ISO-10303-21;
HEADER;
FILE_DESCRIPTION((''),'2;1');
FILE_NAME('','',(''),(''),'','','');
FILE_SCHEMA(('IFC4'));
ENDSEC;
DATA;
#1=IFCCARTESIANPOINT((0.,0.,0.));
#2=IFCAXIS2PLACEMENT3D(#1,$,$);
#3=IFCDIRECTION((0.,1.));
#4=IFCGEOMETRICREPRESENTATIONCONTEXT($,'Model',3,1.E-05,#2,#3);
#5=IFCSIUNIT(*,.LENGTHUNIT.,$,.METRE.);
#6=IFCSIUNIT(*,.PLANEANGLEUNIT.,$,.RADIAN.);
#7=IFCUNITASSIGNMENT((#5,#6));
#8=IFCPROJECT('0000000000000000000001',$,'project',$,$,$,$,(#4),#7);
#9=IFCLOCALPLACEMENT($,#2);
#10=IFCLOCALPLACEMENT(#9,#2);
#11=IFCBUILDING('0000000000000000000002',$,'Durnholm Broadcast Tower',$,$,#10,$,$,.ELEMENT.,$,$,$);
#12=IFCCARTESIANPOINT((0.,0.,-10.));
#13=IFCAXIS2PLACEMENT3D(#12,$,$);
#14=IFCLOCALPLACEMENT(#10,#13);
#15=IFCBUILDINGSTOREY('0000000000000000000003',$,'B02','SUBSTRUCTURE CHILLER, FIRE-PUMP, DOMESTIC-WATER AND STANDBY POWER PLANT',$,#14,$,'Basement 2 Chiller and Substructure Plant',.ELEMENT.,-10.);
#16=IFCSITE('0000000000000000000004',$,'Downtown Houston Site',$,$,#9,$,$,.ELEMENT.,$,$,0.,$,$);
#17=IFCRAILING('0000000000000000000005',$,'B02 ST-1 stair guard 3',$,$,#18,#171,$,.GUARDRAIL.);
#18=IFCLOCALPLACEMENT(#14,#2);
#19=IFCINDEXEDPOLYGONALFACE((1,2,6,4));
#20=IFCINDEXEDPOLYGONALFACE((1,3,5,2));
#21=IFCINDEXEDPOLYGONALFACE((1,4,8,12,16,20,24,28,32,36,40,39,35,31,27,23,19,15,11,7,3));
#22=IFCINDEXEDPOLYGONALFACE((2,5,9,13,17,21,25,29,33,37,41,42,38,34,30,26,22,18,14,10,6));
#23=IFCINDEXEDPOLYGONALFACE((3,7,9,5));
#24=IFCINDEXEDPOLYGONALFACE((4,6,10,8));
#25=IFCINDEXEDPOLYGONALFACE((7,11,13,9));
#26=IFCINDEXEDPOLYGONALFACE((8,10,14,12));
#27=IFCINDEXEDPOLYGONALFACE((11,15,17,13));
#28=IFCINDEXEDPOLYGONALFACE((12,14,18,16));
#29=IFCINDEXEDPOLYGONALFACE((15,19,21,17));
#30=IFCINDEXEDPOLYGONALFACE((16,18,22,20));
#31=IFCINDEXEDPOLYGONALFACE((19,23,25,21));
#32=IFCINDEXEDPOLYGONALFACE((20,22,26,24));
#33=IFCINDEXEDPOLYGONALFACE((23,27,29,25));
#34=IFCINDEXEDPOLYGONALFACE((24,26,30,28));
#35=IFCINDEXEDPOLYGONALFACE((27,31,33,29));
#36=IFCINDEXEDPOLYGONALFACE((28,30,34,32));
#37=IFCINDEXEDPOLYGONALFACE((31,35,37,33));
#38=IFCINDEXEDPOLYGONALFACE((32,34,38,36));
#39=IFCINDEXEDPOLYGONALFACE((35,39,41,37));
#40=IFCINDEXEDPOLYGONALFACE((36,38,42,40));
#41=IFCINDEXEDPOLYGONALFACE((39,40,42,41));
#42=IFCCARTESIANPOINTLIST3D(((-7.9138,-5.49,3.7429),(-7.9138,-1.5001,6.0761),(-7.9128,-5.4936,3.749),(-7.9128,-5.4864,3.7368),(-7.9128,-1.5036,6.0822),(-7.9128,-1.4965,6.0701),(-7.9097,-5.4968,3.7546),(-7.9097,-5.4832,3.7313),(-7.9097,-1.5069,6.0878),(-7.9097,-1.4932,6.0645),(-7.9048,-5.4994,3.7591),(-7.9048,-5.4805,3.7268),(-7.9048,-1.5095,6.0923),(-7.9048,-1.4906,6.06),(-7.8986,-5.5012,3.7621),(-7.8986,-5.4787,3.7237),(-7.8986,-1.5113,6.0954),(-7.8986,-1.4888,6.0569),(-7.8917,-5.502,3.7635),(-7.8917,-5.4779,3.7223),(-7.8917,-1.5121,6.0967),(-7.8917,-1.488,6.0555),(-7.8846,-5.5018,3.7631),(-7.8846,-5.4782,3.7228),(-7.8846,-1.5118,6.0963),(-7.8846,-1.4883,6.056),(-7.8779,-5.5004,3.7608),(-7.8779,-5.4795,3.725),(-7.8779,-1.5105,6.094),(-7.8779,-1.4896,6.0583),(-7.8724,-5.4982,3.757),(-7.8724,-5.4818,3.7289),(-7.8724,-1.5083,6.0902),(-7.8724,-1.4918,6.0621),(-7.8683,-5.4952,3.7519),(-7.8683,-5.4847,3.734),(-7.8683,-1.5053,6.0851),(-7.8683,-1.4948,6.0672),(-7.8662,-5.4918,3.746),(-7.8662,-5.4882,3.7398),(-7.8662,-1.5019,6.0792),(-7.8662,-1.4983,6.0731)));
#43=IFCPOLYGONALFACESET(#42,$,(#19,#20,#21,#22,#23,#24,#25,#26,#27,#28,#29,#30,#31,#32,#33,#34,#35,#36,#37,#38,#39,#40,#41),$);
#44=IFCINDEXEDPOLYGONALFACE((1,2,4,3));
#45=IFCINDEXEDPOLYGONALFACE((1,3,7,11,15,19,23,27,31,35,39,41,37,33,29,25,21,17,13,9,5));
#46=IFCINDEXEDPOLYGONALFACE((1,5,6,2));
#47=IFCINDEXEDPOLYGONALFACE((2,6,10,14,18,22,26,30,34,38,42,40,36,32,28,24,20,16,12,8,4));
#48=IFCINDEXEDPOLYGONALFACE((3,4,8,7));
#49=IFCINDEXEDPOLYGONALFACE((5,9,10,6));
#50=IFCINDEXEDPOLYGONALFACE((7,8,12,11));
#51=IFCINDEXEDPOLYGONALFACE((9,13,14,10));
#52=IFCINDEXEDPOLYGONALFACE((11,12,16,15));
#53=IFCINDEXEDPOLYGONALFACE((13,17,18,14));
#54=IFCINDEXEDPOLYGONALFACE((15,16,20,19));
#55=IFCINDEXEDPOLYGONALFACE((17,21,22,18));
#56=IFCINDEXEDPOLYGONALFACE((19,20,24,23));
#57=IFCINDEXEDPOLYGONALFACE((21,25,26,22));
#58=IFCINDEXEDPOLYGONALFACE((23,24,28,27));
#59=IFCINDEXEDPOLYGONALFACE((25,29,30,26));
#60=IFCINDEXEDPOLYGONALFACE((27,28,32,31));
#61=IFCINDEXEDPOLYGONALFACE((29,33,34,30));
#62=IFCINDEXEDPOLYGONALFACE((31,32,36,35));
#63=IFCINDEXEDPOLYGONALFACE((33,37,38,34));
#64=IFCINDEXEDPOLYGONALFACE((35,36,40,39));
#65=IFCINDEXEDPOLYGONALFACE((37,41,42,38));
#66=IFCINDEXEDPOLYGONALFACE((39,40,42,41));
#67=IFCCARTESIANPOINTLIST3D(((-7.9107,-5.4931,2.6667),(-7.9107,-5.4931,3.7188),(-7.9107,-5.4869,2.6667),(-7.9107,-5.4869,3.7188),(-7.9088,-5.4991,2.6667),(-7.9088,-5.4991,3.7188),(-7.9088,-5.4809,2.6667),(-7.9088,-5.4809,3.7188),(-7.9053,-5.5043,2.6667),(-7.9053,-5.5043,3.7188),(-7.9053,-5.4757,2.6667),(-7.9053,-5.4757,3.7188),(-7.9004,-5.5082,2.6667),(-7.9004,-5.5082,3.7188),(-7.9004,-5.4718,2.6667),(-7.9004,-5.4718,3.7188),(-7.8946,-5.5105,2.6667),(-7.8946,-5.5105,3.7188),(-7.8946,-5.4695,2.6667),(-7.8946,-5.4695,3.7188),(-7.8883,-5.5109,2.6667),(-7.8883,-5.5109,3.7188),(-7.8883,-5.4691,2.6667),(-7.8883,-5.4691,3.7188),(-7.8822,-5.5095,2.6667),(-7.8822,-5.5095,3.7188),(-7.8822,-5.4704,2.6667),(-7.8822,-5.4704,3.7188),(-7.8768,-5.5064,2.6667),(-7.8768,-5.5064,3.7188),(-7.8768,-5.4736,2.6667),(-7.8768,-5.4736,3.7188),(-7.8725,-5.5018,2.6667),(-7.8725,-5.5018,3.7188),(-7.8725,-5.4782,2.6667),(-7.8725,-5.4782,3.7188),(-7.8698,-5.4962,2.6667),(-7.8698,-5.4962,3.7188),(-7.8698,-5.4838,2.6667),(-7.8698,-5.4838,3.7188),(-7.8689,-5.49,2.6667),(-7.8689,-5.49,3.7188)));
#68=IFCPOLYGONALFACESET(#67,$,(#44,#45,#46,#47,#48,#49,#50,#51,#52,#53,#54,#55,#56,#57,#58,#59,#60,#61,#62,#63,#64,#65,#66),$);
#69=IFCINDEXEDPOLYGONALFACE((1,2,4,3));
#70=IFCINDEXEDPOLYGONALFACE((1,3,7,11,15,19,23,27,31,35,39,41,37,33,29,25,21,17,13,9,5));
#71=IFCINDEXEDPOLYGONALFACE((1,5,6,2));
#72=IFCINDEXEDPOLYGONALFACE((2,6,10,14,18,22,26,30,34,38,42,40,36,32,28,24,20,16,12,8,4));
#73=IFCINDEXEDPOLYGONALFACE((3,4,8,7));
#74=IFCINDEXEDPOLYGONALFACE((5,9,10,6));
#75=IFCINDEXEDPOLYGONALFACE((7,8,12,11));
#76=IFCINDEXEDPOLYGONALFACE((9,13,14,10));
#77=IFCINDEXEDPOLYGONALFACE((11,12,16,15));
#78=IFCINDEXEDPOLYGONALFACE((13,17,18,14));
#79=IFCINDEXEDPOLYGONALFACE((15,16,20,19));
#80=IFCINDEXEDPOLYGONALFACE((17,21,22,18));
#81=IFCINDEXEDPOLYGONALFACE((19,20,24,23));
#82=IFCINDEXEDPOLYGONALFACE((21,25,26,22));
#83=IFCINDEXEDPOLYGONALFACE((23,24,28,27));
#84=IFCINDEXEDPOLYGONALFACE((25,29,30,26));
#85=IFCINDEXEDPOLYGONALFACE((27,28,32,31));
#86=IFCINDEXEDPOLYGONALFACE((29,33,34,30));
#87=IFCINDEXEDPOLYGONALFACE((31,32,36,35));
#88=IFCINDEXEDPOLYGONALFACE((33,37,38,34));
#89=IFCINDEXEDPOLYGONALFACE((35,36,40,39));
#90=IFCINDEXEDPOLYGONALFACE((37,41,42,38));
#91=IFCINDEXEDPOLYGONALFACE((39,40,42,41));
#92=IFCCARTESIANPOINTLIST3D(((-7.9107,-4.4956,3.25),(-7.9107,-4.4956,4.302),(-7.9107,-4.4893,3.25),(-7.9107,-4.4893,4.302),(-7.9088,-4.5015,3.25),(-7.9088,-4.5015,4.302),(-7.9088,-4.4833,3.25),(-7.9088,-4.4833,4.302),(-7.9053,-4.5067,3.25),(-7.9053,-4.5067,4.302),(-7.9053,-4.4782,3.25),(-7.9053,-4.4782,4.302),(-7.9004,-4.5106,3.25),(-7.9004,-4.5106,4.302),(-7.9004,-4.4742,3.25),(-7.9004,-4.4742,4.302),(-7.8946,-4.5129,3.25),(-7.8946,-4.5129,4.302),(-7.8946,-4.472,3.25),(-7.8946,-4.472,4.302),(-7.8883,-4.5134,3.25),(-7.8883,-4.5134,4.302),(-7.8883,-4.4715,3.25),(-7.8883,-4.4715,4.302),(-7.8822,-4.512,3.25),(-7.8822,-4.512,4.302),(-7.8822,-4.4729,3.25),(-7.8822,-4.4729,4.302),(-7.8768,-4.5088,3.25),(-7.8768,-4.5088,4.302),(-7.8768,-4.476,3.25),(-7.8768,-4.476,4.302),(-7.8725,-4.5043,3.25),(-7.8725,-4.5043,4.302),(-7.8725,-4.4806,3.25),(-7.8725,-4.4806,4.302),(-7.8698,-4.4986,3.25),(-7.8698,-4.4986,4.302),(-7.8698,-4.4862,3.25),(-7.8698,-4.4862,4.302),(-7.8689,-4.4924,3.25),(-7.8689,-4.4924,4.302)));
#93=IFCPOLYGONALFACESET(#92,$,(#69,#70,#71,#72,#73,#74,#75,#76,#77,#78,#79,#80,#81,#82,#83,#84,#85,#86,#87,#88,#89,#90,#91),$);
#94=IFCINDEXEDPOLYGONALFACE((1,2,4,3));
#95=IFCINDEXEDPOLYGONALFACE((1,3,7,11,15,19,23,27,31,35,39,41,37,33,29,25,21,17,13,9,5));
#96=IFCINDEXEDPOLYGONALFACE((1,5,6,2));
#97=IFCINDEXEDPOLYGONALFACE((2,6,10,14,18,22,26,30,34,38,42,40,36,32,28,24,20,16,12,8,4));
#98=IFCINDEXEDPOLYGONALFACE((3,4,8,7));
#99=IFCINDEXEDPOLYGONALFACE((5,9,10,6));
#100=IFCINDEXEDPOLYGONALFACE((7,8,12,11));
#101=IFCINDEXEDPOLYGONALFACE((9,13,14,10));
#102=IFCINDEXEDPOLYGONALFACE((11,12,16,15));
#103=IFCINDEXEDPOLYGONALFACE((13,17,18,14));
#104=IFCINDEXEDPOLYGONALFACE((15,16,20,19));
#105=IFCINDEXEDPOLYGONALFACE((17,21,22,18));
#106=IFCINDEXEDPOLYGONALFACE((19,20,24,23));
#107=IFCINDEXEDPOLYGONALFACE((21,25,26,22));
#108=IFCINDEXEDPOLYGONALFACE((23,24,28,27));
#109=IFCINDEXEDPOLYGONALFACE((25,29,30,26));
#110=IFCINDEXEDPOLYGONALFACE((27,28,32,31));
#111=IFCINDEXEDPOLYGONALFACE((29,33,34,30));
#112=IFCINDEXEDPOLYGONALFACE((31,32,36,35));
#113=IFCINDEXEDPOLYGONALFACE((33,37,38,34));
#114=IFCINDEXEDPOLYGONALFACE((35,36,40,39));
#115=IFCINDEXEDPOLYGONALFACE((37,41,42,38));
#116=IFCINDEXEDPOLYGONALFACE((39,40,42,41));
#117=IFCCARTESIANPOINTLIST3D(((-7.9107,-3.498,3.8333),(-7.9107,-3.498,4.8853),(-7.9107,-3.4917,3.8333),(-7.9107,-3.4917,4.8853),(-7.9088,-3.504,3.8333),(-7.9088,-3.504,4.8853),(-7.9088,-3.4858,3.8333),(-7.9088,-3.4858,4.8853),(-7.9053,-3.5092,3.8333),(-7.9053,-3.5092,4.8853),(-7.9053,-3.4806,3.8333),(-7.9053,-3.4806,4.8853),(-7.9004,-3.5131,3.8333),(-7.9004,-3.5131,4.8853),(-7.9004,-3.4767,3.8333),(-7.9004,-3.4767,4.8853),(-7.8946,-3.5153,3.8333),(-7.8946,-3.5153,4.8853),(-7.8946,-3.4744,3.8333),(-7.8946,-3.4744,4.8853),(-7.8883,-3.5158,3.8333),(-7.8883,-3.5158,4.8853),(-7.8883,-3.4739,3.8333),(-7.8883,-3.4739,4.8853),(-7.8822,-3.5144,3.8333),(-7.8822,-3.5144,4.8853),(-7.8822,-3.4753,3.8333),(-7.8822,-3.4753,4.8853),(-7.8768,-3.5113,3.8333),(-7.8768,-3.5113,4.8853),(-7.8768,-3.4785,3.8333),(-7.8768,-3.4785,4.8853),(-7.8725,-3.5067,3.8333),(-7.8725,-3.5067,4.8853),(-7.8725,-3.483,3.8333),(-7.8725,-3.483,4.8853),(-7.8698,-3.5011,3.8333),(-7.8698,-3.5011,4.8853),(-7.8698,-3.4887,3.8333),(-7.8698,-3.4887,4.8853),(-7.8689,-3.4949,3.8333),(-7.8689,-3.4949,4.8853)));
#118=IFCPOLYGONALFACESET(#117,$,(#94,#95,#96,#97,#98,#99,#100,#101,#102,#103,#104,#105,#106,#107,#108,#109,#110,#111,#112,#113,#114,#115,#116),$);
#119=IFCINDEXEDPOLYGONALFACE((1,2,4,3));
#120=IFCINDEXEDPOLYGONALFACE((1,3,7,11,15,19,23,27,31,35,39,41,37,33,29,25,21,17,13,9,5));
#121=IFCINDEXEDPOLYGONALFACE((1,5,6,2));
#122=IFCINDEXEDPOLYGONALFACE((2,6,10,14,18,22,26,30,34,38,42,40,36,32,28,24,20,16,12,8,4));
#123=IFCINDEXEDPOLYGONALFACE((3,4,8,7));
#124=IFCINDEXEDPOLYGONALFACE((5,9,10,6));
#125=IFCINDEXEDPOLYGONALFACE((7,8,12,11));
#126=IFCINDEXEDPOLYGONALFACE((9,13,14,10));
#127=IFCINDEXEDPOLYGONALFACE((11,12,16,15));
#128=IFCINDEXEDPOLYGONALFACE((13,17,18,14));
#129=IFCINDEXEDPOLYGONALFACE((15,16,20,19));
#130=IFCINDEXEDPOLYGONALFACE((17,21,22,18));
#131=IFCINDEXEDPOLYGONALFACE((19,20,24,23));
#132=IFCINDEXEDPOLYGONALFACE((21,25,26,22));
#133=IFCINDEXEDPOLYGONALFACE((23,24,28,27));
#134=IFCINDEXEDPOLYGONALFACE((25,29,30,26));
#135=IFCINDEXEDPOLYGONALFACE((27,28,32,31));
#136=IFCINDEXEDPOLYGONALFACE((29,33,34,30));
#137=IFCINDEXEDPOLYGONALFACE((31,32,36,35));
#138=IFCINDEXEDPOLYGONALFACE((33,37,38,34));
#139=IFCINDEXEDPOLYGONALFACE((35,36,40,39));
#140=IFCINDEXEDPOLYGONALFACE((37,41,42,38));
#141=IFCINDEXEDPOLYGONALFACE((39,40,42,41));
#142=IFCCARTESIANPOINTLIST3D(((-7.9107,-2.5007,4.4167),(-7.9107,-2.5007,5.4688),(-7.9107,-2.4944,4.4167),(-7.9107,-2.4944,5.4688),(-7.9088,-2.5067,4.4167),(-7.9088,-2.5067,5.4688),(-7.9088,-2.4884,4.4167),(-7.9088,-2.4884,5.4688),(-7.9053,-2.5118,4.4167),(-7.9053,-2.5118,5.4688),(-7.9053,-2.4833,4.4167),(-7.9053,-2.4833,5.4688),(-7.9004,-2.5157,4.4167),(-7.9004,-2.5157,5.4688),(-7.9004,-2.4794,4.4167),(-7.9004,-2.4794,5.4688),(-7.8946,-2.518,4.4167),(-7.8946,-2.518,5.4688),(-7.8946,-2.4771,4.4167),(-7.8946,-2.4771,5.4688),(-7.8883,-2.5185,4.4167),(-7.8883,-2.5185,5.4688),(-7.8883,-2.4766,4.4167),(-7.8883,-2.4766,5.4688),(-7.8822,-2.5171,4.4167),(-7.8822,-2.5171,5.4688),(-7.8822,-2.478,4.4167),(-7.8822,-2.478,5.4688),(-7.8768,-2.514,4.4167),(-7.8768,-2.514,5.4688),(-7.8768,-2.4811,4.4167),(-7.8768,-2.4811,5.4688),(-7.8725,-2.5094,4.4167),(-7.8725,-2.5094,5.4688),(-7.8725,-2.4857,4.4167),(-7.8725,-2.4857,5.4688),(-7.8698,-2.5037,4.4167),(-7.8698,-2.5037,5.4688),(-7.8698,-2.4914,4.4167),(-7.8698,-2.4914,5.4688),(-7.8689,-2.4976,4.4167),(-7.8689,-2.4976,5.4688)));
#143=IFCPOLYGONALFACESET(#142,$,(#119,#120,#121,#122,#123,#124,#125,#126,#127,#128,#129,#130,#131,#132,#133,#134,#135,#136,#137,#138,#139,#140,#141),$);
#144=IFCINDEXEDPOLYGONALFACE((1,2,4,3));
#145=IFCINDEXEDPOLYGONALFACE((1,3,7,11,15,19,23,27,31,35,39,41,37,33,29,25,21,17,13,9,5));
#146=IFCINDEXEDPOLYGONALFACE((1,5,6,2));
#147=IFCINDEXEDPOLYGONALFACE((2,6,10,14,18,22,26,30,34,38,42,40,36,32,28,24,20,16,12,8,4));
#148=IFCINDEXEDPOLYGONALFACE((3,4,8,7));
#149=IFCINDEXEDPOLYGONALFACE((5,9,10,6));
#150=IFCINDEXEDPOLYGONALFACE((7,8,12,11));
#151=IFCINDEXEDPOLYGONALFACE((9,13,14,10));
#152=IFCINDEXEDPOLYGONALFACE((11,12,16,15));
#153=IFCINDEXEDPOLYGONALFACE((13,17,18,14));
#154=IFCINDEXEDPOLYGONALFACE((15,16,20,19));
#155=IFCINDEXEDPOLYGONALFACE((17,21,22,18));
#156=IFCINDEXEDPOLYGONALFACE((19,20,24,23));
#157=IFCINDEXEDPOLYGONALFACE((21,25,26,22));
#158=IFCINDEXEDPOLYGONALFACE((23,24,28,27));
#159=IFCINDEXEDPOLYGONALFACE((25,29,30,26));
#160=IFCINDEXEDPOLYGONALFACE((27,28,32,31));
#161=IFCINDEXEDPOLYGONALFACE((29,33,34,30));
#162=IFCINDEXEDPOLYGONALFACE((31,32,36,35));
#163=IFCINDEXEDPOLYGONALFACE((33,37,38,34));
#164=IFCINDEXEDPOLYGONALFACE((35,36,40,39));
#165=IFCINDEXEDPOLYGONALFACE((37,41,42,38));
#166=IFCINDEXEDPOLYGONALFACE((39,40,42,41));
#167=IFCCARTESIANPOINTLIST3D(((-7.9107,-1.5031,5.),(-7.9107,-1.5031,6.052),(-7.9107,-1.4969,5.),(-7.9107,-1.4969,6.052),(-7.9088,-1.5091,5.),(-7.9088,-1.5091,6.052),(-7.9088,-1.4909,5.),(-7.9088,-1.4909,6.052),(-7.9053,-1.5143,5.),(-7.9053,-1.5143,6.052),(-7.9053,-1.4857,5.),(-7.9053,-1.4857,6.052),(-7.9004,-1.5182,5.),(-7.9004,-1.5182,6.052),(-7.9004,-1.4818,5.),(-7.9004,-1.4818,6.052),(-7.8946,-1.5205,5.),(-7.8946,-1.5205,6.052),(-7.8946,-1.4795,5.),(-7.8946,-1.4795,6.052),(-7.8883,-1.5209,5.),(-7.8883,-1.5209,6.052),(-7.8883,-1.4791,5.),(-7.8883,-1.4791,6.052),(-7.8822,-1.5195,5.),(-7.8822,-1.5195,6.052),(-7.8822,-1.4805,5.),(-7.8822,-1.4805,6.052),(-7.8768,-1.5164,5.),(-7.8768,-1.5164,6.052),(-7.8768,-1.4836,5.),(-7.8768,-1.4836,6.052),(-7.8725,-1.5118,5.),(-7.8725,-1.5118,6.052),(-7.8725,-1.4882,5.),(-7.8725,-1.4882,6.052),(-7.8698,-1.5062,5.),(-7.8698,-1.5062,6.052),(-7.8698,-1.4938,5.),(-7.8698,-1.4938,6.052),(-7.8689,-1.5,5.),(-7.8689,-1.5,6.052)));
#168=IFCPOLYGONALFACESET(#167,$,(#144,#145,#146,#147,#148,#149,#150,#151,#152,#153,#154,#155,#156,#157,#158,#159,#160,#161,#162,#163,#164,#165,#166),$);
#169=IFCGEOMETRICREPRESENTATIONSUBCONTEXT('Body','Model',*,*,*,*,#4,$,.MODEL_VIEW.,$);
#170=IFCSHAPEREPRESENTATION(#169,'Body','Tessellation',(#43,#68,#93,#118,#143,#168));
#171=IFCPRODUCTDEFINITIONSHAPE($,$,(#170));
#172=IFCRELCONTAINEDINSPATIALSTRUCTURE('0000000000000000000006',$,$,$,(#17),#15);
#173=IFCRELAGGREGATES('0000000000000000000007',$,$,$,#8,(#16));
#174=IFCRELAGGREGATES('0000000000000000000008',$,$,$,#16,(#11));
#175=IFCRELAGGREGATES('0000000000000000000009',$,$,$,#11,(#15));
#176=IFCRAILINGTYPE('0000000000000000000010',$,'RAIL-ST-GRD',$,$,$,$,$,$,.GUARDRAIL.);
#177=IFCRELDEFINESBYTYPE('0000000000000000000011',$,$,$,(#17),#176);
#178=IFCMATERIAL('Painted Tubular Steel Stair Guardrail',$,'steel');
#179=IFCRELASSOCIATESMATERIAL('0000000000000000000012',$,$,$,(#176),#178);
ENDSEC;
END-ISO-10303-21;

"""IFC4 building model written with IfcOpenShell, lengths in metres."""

from ifc_helpers import new_model, si_unit, direction, frame, origin, origin_2d, place, context, subcontext, project, spatial, circle, extrude, material, type_object, element, save


model = new_model("IFC4")

# Units and contexts
model_context = context("Model", 3, precision=1e-05, world=origin(), true_north=direction((0.0, 1.0)))
body_context = subcontext(model_context, "Body", "Model", "MODEL_VIEW")
ifc_project = project(units=[si_unit("LENGTHUNIT", "METRE"), si_unit("PLANEANGLEUNIT", "RADIAN")], contexts=[model_context])

# Site, building, storey
site_placement = place(None, origin())
site = spatial("IfcSite", under=ifc_project, at=site_placement, Name="Downtown Houston Site", CompositionType="ELEMENT", RefElevation=0.0)
building_placement = place(site_placement, origin())
building = spatial("IfcBuilding", under=site, at=building_placement, Name="Durnholm Broadcast Tower", CompositionType="ELEMENT")
storey_placement = place(building_placement, frame((0.0, 0.0, -10.0)))
storey = spatial("IfcBuildingStorey", under=building, at=storey_placement, Name="B02", Description="SUBSTRUCTURE CHILLER, FIRE-PUMP, DOMESTIC-WATER AND STANDBY POWER PLANT", LongName="Basement 2 Chiller and Substructure Plant", CompositionType="ELEMENT", Elevation=-10.0)

# Railing
ifc_material_1 = material(Name="Painted Tubular Steel Stair Guardrail", Category="steel")
railing_type_1 = type_object("IfcRailingType", Name="RAIL-ST-GRD", PredefinedType="GUARDRAIL", material=ifc_material_1)
railing_1_placement = place(storey_placement, frame((-7.8899, -5.49, 2.6667)))
element("IfcRailing", 1, at=railing_1_placement, inside=storey, type_object=railing_type_1, Name="B02 ST-1 stair guard 3", PredefinedType="GUARDRAIL", context=body_context, shape_type="SweptSolid", body=[
    extrude(circle(Radius=0.0239, at=origin_2d()), frame((0.0, 0.0, 1.0762), z_axis=(0.0, 0.863236, 0.5048), x_axis=(-1.0, 0.0, 0.0)), (0.0, 0.0, 1.0), 4.6221),
    extrude(circle(Radius=0.021, at=origin_2d()), origin(), (0.0, 0.0, 1.0), 1.052),
    extrude(circle(Radius=0.021, at=origin_2d()), frame((0.0, 0.9976, 0.5833)), (0.0, 0.0, 1.0), 1.052),
    extrude(circle(Radius=0.021, at=origin_2d()), frame((0.0, 1.9951, 1.1665)), (0.0, 0.0, 1.0), 1.052),
    extrude(circle(Radius=0.021, at=origin_2d()), frame((0.0, 2.9924, 1.75)), (0.0, 0.0, 1.0), 1.052),
    extrude(circle(Radius=0.021, at=origin_2d()), frame((0.0, 3.99, 2.3333)), (0.0, 0.0, 1.0), 1.052),
])

save(model, "model.ifc")
